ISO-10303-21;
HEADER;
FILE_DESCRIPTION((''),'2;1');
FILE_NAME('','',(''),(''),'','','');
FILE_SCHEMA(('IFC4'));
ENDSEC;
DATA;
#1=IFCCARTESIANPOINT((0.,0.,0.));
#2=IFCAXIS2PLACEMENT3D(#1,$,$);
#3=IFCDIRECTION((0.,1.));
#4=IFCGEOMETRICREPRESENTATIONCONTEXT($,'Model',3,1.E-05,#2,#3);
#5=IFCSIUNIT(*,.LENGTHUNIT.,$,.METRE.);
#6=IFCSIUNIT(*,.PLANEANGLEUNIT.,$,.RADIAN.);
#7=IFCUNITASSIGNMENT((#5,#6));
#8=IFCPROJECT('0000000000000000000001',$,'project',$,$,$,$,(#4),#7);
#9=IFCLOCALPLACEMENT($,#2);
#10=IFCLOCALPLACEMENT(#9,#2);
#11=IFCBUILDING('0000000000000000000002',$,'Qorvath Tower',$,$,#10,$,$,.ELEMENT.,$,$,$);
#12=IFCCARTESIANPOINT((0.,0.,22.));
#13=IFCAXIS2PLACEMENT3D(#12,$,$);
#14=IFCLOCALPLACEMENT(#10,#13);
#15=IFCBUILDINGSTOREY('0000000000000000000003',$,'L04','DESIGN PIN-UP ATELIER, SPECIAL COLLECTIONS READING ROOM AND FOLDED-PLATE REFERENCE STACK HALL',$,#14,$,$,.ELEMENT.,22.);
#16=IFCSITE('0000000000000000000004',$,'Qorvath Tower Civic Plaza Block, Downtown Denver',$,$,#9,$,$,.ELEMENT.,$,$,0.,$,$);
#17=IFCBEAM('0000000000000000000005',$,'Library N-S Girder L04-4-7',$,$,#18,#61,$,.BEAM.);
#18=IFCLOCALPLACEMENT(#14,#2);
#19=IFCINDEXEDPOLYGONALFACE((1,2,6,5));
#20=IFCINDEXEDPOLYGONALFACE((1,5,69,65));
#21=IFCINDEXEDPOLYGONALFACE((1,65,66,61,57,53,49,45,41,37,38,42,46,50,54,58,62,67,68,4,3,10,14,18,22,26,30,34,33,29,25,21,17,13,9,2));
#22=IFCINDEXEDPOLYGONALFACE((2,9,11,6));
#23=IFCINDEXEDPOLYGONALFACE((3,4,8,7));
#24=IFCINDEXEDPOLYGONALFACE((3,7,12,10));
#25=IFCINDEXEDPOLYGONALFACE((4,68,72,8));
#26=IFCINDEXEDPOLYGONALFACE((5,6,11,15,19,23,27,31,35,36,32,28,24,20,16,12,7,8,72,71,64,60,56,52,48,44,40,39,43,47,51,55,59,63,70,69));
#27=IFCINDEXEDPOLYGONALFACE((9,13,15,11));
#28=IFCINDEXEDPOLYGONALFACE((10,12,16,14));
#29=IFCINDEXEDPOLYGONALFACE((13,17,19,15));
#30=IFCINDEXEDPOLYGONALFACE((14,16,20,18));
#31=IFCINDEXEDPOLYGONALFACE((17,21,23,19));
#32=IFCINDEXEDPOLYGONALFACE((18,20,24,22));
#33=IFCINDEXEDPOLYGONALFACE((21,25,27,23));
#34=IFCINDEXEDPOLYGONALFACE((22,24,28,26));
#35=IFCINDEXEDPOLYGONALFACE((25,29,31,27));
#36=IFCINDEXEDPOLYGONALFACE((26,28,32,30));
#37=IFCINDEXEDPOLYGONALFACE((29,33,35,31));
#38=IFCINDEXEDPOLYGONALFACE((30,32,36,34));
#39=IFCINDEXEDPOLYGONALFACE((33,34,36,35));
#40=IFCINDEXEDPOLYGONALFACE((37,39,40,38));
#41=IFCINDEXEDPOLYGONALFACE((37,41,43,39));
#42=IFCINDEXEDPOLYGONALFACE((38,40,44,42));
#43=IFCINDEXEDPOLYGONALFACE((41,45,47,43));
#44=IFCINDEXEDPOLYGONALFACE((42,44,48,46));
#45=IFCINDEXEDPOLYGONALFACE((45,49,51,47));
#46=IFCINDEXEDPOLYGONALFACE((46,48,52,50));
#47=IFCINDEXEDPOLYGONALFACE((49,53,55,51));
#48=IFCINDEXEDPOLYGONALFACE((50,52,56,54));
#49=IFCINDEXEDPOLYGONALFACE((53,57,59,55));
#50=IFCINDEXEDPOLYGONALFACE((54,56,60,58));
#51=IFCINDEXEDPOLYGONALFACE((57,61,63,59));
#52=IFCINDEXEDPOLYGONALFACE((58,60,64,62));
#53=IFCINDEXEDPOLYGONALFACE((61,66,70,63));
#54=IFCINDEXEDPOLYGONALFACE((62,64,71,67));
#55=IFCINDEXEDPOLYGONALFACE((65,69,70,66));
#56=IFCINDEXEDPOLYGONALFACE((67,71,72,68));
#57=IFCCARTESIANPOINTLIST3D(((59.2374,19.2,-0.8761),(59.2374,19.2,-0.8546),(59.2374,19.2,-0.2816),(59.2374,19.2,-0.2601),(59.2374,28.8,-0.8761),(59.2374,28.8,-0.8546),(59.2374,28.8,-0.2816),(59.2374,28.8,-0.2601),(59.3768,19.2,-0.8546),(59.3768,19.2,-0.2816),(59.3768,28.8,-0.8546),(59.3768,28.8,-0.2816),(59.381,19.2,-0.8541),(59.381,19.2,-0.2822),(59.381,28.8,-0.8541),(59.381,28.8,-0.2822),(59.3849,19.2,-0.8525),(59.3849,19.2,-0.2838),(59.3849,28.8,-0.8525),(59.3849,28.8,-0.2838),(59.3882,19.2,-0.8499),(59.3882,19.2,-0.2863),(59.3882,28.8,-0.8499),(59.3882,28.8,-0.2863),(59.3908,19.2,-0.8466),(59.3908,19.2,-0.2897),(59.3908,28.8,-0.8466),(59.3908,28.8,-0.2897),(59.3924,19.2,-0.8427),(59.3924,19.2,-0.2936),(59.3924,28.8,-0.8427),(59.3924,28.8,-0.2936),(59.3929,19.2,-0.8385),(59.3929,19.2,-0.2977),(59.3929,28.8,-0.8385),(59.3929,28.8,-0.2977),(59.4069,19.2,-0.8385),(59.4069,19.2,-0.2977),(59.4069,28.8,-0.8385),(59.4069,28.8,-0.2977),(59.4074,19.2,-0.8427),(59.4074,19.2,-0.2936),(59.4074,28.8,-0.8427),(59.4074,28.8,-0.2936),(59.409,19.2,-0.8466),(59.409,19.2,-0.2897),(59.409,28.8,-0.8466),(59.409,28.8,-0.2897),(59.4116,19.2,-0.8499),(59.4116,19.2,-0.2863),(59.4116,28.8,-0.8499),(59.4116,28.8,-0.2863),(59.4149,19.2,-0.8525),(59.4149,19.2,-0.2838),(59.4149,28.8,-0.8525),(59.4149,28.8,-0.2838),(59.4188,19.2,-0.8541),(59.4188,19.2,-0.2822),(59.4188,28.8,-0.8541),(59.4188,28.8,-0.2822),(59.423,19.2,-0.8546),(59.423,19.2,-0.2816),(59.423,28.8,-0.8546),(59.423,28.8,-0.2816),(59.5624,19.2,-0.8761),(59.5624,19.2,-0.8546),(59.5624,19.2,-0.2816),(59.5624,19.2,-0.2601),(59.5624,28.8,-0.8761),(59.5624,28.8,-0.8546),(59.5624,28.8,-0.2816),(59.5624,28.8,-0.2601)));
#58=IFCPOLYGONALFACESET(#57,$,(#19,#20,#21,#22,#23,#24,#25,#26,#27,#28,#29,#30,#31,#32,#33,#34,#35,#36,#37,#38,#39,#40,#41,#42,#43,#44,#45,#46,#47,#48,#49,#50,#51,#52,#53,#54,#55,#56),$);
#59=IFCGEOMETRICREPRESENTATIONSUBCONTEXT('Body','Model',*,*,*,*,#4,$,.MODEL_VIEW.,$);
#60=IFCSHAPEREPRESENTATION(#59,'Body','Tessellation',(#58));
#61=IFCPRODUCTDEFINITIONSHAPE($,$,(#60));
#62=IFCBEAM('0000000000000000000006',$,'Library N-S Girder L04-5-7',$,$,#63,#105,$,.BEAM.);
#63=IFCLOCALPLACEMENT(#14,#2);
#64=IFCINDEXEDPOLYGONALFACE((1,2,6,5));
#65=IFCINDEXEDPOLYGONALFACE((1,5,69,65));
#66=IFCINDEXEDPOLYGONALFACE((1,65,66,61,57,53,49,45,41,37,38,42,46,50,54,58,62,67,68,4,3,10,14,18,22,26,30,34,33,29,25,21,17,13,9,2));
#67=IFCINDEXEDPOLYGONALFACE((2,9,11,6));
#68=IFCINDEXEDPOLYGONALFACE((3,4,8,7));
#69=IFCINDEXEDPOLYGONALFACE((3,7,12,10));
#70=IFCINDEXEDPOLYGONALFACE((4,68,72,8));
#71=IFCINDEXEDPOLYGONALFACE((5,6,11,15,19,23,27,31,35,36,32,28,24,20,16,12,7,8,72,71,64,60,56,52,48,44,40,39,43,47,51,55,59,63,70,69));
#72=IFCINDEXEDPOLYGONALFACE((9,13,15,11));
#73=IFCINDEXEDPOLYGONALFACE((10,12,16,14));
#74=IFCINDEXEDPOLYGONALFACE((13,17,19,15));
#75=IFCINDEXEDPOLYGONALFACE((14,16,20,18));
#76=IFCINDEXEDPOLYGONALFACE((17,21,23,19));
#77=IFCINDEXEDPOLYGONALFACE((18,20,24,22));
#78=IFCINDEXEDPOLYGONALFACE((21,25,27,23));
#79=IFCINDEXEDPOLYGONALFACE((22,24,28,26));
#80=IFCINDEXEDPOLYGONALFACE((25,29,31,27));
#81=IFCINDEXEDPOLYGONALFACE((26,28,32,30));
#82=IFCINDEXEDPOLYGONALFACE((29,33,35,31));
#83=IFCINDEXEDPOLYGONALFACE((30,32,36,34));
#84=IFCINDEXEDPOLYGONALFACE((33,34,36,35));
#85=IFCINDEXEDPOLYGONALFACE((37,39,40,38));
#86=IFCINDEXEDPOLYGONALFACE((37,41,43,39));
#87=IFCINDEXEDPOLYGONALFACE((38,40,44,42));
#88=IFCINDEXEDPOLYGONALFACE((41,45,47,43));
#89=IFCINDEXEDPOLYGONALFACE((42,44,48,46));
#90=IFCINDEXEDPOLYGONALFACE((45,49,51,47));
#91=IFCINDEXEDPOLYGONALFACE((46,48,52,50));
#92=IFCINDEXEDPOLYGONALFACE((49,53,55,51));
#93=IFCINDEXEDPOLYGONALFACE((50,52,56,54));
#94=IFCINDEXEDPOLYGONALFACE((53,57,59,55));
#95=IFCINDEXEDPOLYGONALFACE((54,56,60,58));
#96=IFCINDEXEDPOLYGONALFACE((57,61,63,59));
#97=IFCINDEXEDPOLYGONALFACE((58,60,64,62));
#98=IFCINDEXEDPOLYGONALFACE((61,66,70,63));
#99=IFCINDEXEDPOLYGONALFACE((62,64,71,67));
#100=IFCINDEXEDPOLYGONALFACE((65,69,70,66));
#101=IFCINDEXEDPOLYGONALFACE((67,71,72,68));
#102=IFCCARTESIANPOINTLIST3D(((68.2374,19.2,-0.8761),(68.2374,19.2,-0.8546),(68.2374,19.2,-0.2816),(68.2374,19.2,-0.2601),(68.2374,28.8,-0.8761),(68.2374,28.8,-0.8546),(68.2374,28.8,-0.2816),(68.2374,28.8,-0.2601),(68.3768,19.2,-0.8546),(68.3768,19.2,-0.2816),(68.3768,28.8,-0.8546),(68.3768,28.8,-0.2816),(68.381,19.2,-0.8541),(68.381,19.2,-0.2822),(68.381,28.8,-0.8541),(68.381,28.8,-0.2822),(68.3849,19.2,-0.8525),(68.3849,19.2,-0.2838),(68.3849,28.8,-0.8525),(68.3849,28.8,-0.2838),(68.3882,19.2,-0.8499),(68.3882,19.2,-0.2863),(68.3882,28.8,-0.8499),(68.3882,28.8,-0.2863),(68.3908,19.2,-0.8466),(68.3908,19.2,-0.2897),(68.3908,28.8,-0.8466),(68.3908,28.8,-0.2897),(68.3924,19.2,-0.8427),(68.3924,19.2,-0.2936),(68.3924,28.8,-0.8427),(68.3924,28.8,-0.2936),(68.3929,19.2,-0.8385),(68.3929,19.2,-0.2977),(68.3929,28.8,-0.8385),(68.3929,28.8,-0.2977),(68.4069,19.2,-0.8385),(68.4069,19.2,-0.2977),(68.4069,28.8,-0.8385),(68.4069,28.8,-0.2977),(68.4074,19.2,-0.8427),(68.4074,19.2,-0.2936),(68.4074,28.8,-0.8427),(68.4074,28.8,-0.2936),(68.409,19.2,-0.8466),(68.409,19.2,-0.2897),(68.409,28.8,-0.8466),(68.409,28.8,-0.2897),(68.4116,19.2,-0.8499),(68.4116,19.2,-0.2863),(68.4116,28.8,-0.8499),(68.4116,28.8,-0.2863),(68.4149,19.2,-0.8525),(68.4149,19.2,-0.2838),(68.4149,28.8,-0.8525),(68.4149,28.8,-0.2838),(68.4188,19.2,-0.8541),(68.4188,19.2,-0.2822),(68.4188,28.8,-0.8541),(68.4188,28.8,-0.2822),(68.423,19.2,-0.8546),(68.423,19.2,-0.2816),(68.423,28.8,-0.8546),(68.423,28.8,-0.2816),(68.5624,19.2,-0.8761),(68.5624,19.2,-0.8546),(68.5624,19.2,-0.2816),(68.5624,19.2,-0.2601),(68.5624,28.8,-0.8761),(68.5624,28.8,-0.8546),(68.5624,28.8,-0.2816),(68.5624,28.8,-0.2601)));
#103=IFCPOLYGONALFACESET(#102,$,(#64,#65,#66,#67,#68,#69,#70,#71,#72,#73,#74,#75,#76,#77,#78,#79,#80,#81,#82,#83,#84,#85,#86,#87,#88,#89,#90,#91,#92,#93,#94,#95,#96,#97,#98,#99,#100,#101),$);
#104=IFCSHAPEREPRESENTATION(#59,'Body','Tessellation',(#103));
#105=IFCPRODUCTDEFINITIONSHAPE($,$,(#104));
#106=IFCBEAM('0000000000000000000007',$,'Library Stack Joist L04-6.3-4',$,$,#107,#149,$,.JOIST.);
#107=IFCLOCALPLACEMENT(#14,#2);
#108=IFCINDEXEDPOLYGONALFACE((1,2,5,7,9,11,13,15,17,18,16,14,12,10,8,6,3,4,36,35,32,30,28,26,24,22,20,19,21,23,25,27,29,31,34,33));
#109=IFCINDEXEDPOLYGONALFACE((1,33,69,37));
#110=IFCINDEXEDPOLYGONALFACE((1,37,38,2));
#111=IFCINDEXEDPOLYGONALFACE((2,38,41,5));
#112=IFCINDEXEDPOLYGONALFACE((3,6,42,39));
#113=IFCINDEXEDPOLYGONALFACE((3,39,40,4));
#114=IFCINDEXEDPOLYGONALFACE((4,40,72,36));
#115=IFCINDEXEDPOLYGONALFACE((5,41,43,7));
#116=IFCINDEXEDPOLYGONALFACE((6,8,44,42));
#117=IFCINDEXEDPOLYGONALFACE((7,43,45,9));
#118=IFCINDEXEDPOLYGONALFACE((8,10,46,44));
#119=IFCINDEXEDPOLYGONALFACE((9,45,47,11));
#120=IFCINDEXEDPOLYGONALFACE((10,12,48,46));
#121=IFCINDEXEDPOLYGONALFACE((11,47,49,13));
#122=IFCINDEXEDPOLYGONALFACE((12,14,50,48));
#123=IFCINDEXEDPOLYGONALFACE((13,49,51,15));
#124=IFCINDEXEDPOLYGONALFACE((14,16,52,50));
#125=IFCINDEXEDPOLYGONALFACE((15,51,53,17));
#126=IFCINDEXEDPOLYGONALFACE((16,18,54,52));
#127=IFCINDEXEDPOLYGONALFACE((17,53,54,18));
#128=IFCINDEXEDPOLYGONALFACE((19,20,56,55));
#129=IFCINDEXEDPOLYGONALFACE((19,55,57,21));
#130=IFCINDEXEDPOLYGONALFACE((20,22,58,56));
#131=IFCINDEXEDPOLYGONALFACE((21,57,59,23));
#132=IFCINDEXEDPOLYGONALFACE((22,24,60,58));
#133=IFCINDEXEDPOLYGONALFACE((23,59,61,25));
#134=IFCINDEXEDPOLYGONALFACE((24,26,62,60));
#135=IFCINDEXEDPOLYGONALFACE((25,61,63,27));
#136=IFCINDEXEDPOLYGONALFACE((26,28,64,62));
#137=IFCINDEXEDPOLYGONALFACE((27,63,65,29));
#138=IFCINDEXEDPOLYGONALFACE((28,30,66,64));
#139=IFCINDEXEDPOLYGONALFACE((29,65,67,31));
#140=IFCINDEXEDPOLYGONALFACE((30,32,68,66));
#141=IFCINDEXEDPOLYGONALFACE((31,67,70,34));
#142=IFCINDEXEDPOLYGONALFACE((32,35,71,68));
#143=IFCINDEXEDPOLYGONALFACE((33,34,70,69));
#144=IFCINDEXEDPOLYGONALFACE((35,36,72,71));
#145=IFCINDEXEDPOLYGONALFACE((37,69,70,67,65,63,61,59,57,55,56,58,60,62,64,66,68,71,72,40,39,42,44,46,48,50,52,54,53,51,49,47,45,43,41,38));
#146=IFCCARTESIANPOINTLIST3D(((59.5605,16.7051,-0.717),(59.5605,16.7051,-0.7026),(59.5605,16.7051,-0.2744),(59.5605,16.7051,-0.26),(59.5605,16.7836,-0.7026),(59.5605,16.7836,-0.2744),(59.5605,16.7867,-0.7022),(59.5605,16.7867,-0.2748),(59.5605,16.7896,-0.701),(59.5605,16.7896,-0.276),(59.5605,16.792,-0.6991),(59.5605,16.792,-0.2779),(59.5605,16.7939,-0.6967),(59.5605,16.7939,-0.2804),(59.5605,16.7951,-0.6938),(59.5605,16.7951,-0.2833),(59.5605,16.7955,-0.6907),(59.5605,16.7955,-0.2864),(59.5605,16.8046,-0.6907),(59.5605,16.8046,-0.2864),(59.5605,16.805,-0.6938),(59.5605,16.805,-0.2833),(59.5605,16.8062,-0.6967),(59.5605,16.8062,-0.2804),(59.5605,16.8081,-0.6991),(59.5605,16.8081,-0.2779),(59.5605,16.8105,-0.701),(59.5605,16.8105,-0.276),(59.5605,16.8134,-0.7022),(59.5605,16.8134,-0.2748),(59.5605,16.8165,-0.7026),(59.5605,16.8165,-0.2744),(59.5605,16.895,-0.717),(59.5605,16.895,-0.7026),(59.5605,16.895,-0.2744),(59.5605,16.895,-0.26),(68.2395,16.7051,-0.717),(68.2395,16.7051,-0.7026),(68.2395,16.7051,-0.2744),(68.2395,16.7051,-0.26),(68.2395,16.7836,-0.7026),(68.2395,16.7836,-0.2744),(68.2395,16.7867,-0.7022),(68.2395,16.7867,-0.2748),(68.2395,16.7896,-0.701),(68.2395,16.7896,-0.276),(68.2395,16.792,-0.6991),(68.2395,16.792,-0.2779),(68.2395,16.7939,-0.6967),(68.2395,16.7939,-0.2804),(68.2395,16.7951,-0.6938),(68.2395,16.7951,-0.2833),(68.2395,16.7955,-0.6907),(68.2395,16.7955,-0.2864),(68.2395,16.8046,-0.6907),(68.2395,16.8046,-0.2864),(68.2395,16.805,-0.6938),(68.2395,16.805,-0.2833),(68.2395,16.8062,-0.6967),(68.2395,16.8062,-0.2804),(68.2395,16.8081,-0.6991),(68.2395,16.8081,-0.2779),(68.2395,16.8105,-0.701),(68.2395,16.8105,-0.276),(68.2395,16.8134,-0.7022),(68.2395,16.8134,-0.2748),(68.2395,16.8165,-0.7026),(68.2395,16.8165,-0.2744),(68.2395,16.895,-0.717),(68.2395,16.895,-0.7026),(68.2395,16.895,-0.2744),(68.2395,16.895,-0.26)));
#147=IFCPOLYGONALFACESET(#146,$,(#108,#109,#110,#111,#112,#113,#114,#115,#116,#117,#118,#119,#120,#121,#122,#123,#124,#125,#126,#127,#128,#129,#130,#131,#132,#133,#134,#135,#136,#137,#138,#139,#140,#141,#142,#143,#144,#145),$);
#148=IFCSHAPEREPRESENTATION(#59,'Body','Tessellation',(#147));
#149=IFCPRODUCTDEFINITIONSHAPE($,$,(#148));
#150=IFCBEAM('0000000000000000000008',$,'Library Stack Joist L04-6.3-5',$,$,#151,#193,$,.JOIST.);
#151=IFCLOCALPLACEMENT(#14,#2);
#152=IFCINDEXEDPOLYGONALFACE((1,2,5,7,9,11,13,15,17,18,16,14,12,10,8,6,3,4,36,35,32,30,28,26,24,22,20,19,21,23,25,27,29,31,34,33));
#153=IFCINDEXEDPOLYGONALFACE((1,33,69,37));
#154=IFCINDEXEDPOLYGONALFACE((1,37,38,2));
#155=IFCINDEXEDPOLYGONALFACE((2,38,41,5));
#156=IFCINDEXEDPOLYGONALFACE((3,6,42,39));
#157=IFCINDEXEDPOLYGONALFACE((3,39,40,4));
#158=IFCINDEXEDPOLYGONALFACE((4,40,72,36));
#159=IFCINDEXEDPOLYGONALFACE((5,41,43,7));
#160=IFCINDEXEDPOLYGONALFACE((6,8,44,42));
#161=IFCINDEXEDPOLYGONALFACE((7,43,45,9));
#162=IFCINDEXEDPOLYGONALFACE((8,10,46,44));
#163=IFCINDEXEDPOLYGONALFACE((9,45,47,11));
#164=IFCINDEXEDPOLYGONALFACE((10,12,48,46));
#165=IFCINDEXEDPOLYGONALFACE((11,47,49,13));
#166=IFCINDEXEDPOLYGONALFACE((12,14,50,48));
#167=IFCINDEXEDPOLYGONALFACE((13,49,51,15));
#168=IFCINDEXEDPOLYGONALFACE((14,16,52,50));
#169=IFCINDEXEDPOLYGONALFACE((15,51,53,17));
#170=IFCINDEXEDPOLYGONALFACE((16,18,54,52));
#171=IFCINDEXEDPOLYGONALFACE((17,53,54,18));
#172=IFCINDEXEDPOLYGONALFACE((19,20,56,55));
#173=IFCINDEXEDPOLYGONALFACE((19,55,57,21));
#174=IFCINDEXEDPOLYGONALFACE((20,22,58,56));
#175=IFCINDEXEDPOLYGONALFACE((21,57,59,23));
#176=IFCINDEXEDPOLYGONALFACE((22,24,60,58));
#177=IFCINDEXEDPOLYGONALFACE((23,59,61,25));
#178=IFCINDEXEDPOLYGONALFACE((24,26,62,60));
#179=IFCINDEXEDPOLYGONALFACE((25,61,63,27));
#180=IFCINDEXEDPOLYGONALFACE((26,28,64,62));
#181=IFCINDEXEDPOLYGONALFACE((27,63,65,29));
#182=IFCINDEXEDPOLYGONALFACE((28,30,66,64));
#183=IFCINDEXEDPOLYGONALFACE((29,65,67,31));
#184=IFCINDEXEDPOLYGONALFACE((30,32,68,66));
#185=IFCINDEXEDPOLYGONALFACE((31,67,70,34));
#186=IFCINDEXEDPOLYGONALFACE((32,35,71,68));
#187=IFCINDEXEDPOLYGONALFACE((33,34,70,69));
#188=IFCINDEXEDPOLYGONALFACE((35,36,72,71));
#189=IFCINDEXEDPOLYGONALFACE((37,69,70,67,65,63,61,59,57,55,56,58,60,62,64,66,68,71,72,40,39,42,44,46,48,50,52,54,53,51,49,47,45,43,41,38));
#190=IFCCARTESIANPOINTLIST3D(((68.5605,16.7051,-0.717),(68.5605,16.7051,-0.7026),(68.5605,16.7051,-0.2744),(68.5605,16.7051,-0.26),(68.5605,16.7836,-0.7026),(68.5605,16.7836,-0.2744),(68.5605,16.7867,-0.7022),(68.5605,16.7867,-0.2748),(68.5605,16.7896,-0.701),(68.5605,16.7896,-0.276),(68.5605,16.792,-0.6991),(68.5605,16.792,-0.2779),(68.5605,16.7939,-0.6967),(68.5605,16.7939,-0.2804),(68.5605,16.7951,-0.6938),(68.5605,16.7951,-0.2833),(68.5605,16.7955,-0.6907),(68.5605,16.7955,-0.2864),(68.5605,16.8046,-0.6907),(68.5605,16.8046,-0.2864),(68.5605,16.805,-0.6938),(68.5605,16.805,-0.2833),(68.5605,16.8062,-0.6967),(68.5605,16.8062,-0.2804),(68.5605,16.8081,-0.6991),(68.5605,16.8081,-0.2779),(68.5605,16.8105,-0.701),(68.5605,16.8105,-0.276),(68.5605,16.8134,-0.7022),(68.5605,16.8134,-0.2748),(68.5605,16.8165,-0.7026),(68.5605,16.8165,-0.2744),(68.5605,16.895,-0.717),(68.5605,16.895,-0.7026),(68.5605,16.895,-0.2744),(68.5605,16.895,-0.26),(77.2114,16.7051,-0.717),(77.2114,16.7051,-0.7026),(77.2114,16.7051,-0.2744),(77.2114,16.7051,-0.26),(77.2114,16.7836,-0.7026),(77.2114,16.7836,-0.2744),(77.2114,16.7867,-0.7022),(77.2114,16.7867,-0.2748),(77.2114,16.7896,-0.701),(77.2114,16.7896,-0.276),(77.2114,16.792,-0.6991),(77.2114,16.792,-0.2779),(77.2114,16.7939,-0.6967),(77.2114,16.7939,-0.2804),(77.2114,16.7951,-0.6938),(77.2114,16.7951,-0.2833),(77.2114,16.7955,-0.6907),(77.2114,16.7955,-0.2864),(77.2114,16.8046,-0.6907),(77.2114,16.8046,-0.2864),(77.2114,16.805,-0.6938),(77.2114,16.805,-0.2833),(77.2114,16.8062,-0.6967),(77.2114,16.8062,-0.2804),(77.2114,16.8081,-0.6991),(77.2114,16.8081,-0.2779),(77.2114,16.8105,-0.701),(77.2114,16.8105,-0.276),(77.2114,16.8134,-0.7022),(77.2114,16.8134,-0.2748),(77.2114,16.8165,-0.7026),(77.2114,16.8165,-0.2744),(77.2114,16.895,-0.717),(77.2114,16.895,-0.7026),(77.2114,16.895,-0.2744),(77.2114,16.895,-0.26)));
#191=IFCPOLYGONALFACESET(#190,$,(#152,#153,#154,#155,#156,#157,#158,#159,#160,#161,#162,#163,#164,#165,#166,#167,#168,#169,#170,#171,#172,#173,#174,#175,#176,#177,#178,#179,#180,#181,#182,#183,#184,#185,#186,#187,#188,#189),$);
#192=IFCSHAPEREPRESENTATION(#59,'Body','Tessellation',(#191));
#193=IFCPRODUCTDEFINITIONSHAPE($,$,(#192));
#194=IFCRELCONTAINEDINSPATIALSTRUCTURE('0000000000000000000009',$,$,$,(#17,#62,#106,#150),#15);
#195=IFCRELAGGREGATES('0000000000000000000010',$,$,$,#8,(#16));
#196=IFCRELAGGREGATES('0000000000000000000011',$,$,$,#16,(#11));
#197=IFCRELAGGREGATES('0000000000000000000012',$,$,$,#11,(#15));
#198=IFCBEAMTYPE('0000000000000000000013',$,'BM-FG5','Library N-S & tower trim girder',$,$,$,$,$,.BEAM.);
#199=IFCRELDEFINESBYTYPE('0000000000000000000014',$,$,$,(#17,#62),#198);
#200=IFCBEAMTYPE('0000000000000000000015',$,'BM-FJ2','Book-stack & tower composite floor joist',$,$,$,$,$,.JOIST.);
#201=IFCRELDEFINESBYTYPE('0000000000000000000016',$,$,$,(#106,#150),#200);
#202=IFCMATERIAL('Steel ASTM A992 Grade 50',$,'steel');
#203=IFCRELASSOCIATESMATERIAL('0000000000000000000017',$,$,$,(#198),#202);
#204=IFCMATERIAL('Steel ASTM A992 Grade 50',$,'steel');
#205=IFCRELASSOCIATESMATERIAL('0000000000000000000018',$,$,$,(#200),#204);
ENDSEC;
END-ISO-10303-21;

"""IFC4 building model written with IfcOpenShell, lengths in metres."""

from ifc_helpers import new_model, si_unit, direction, frame, origin, origin_2d, place, context, subcontext, project, spatial, i_section, extrude, material, material_profile, profile_set, type_object, element, save


model = new_model("IFC4")

# Units and contexts
model_context = context("Model", 3, precision=1e-05, world=origin(), true_north=direction((0.0, 1.0)))
body_context = subcontext(model_context, "Body", "Model", "MODEL_VIEW")
ifc_project = project(units=[si_unit("LENGTHUNIT", "METRE"), si_unit("PLANEANGLEUNIT", "RADIAN")], contexts=[model_context])

# Site, building, storey
site_placement = place(None, origin())
site = spatial("IfcSite", under=ifc_project, at=site_placement, Name="Qorvath Tower Civic Plaza Block, Downtown Denver", CompositionType="ELEMENT", RefElevation=0.0)
building_placement = place(site_placement, origin())
building = spatial("IfcBuilding", under=site, at=building_placement, Name="Qorvath Tower", CompositionType="ELEMENT")
storey_placement = place(building_placement, frame((0.0, 0.0, 22.0)))
storey = spatial("IfcBuildingStorey", under=building, at=storey_placement, Name="L04", Description="DESIGN PIN-UP ATELIER, SPECIAL COLLECTIONS READING ROOM AND FOLDED-PLATE REFERENCE STACK HALL", CompositionType="ELEMENT", Elevation=22.0)

# Beams
ifc_material_1 = material(Name="Steel ASTM A992 Grade 50", Category="steel")
ifc_material_profile_1 = material_profile(ifc_material_1, i_section(OverallWidth=0.325, OverallDepth=0.616, WebThickness=0.0139, FlangeThickness=0.0215, FilletRadius=0.0161, at=origin_2d()), Name="W24x117")
ifc_profile_set_1 = profile_set([ifc_material_profile_1], Name="Steel ASTM A992 Grade 50")
beam_type_1 = type_object("IfcBeamType", Name="BM-FG5", Description="Library N-S & tower trim girder", PredefinedType="BEAM", material=ifc_profile_set_1)
for number, where, z_axis, x_axis, name in (
    (1, (59.3999, 19.2, -0.5681), (0.0, 1.0, 0.0), (-1.0, 0.0, 0.0), "Library N-S Girder L04-4-7"),
    (2, (68.3999, 19.2, -0.5681), (0.0, 1.0, 0.0), (-1.0, 0.0, 0.0), "Library N-S Girder L04-5-7"),
):
    element("IfcBeam", number, at=place(storey_placement, frame(where, z_axis=z_axis, x_axis=x_axis)), inside=storey, type_object=beam_type_1, Name=name, PredefinedType="BEAM", context=body_context, shape_type="SweptSolid", body=[
        extrude(i_section(OverallWidth=0.325, OverallDepth=0.616, WebThickness=0.0139, FlangeThickness=0.0215, FilletRadius=0.0161, at=origin_2d()), origin(), (0.0, 0.0, 1.0), 9.6001),
    ])
ifc_material_2 = material(Name="Steel ASTM A992 Grade 50", Category="steel")
ifc_material_profile_2 = material_profile(ifc_material_2, i_section(OverallWidth=0.1899, OverallDepth=0.457, WebThickness=0.009, FlangeThickness=0.0144, FilletRadius=0.012, at=origin_2d()), Name="W18x50")
ifc_profile_set_2 = profile_set([ifc_material_profile_2], Name="Steel ASTM A992 Grade 50")
beam_type_2 = type_object("IfcBeamType", Name="BM-FJ2", Description="Book-stack & tower composite floor joist", PredefinedType="JOIST", material=ifc_profile_set_2)
beam_1_placement = place(storey_placement, frame((59.5605, 16.8, -0.4885), z_axis=(1.0, 0.0, 0.0), x_axis=(0.0, 1.0, 0.0)))
element("IfcBeam", 3, at=beam_1_placement, inside=storey, type_object=beam_type_2, Name="Library Stack Joist L04-6.3-4", PredefinedType="JOIST", context=body_context, shape_type="SweptSolid", body=[
    extrude(i_section(OverallWidth=0.1899, OverallDepth=0.457, WebThickness=0.009, FlangeThickness=0.0144, FilletRadius=0.012, at=origin_2d()), origin(), (0.0, 0.0, 1.0), 8.679),
])
beam_2_placement = place(storey_placement, frame((68.5605, 16.8, -0.4885), z_axis=(1.0, 0.0, 0.0), x_axis=(0.0, 1.0, 0.0)))
element("IfcBeam", 4, at=beam_2_placement, inside=storey, type_object=beam_type_2, Name="Library Stack Joist L04-6.3-5", PredefinedType="JOIST", context=body_context, shape_type="SweptSolid", body=[
    extrude(i_section(OverallWidth=0.1899, OverallDepth=0.457, WebThickness=0.009, FlangeThickness=0.0144, FilletRadius=0.012, at=origin_2d()), origin(), (0.0, 0.0, 1.0), 8.6509),
])

save(model, "model.ifc")
